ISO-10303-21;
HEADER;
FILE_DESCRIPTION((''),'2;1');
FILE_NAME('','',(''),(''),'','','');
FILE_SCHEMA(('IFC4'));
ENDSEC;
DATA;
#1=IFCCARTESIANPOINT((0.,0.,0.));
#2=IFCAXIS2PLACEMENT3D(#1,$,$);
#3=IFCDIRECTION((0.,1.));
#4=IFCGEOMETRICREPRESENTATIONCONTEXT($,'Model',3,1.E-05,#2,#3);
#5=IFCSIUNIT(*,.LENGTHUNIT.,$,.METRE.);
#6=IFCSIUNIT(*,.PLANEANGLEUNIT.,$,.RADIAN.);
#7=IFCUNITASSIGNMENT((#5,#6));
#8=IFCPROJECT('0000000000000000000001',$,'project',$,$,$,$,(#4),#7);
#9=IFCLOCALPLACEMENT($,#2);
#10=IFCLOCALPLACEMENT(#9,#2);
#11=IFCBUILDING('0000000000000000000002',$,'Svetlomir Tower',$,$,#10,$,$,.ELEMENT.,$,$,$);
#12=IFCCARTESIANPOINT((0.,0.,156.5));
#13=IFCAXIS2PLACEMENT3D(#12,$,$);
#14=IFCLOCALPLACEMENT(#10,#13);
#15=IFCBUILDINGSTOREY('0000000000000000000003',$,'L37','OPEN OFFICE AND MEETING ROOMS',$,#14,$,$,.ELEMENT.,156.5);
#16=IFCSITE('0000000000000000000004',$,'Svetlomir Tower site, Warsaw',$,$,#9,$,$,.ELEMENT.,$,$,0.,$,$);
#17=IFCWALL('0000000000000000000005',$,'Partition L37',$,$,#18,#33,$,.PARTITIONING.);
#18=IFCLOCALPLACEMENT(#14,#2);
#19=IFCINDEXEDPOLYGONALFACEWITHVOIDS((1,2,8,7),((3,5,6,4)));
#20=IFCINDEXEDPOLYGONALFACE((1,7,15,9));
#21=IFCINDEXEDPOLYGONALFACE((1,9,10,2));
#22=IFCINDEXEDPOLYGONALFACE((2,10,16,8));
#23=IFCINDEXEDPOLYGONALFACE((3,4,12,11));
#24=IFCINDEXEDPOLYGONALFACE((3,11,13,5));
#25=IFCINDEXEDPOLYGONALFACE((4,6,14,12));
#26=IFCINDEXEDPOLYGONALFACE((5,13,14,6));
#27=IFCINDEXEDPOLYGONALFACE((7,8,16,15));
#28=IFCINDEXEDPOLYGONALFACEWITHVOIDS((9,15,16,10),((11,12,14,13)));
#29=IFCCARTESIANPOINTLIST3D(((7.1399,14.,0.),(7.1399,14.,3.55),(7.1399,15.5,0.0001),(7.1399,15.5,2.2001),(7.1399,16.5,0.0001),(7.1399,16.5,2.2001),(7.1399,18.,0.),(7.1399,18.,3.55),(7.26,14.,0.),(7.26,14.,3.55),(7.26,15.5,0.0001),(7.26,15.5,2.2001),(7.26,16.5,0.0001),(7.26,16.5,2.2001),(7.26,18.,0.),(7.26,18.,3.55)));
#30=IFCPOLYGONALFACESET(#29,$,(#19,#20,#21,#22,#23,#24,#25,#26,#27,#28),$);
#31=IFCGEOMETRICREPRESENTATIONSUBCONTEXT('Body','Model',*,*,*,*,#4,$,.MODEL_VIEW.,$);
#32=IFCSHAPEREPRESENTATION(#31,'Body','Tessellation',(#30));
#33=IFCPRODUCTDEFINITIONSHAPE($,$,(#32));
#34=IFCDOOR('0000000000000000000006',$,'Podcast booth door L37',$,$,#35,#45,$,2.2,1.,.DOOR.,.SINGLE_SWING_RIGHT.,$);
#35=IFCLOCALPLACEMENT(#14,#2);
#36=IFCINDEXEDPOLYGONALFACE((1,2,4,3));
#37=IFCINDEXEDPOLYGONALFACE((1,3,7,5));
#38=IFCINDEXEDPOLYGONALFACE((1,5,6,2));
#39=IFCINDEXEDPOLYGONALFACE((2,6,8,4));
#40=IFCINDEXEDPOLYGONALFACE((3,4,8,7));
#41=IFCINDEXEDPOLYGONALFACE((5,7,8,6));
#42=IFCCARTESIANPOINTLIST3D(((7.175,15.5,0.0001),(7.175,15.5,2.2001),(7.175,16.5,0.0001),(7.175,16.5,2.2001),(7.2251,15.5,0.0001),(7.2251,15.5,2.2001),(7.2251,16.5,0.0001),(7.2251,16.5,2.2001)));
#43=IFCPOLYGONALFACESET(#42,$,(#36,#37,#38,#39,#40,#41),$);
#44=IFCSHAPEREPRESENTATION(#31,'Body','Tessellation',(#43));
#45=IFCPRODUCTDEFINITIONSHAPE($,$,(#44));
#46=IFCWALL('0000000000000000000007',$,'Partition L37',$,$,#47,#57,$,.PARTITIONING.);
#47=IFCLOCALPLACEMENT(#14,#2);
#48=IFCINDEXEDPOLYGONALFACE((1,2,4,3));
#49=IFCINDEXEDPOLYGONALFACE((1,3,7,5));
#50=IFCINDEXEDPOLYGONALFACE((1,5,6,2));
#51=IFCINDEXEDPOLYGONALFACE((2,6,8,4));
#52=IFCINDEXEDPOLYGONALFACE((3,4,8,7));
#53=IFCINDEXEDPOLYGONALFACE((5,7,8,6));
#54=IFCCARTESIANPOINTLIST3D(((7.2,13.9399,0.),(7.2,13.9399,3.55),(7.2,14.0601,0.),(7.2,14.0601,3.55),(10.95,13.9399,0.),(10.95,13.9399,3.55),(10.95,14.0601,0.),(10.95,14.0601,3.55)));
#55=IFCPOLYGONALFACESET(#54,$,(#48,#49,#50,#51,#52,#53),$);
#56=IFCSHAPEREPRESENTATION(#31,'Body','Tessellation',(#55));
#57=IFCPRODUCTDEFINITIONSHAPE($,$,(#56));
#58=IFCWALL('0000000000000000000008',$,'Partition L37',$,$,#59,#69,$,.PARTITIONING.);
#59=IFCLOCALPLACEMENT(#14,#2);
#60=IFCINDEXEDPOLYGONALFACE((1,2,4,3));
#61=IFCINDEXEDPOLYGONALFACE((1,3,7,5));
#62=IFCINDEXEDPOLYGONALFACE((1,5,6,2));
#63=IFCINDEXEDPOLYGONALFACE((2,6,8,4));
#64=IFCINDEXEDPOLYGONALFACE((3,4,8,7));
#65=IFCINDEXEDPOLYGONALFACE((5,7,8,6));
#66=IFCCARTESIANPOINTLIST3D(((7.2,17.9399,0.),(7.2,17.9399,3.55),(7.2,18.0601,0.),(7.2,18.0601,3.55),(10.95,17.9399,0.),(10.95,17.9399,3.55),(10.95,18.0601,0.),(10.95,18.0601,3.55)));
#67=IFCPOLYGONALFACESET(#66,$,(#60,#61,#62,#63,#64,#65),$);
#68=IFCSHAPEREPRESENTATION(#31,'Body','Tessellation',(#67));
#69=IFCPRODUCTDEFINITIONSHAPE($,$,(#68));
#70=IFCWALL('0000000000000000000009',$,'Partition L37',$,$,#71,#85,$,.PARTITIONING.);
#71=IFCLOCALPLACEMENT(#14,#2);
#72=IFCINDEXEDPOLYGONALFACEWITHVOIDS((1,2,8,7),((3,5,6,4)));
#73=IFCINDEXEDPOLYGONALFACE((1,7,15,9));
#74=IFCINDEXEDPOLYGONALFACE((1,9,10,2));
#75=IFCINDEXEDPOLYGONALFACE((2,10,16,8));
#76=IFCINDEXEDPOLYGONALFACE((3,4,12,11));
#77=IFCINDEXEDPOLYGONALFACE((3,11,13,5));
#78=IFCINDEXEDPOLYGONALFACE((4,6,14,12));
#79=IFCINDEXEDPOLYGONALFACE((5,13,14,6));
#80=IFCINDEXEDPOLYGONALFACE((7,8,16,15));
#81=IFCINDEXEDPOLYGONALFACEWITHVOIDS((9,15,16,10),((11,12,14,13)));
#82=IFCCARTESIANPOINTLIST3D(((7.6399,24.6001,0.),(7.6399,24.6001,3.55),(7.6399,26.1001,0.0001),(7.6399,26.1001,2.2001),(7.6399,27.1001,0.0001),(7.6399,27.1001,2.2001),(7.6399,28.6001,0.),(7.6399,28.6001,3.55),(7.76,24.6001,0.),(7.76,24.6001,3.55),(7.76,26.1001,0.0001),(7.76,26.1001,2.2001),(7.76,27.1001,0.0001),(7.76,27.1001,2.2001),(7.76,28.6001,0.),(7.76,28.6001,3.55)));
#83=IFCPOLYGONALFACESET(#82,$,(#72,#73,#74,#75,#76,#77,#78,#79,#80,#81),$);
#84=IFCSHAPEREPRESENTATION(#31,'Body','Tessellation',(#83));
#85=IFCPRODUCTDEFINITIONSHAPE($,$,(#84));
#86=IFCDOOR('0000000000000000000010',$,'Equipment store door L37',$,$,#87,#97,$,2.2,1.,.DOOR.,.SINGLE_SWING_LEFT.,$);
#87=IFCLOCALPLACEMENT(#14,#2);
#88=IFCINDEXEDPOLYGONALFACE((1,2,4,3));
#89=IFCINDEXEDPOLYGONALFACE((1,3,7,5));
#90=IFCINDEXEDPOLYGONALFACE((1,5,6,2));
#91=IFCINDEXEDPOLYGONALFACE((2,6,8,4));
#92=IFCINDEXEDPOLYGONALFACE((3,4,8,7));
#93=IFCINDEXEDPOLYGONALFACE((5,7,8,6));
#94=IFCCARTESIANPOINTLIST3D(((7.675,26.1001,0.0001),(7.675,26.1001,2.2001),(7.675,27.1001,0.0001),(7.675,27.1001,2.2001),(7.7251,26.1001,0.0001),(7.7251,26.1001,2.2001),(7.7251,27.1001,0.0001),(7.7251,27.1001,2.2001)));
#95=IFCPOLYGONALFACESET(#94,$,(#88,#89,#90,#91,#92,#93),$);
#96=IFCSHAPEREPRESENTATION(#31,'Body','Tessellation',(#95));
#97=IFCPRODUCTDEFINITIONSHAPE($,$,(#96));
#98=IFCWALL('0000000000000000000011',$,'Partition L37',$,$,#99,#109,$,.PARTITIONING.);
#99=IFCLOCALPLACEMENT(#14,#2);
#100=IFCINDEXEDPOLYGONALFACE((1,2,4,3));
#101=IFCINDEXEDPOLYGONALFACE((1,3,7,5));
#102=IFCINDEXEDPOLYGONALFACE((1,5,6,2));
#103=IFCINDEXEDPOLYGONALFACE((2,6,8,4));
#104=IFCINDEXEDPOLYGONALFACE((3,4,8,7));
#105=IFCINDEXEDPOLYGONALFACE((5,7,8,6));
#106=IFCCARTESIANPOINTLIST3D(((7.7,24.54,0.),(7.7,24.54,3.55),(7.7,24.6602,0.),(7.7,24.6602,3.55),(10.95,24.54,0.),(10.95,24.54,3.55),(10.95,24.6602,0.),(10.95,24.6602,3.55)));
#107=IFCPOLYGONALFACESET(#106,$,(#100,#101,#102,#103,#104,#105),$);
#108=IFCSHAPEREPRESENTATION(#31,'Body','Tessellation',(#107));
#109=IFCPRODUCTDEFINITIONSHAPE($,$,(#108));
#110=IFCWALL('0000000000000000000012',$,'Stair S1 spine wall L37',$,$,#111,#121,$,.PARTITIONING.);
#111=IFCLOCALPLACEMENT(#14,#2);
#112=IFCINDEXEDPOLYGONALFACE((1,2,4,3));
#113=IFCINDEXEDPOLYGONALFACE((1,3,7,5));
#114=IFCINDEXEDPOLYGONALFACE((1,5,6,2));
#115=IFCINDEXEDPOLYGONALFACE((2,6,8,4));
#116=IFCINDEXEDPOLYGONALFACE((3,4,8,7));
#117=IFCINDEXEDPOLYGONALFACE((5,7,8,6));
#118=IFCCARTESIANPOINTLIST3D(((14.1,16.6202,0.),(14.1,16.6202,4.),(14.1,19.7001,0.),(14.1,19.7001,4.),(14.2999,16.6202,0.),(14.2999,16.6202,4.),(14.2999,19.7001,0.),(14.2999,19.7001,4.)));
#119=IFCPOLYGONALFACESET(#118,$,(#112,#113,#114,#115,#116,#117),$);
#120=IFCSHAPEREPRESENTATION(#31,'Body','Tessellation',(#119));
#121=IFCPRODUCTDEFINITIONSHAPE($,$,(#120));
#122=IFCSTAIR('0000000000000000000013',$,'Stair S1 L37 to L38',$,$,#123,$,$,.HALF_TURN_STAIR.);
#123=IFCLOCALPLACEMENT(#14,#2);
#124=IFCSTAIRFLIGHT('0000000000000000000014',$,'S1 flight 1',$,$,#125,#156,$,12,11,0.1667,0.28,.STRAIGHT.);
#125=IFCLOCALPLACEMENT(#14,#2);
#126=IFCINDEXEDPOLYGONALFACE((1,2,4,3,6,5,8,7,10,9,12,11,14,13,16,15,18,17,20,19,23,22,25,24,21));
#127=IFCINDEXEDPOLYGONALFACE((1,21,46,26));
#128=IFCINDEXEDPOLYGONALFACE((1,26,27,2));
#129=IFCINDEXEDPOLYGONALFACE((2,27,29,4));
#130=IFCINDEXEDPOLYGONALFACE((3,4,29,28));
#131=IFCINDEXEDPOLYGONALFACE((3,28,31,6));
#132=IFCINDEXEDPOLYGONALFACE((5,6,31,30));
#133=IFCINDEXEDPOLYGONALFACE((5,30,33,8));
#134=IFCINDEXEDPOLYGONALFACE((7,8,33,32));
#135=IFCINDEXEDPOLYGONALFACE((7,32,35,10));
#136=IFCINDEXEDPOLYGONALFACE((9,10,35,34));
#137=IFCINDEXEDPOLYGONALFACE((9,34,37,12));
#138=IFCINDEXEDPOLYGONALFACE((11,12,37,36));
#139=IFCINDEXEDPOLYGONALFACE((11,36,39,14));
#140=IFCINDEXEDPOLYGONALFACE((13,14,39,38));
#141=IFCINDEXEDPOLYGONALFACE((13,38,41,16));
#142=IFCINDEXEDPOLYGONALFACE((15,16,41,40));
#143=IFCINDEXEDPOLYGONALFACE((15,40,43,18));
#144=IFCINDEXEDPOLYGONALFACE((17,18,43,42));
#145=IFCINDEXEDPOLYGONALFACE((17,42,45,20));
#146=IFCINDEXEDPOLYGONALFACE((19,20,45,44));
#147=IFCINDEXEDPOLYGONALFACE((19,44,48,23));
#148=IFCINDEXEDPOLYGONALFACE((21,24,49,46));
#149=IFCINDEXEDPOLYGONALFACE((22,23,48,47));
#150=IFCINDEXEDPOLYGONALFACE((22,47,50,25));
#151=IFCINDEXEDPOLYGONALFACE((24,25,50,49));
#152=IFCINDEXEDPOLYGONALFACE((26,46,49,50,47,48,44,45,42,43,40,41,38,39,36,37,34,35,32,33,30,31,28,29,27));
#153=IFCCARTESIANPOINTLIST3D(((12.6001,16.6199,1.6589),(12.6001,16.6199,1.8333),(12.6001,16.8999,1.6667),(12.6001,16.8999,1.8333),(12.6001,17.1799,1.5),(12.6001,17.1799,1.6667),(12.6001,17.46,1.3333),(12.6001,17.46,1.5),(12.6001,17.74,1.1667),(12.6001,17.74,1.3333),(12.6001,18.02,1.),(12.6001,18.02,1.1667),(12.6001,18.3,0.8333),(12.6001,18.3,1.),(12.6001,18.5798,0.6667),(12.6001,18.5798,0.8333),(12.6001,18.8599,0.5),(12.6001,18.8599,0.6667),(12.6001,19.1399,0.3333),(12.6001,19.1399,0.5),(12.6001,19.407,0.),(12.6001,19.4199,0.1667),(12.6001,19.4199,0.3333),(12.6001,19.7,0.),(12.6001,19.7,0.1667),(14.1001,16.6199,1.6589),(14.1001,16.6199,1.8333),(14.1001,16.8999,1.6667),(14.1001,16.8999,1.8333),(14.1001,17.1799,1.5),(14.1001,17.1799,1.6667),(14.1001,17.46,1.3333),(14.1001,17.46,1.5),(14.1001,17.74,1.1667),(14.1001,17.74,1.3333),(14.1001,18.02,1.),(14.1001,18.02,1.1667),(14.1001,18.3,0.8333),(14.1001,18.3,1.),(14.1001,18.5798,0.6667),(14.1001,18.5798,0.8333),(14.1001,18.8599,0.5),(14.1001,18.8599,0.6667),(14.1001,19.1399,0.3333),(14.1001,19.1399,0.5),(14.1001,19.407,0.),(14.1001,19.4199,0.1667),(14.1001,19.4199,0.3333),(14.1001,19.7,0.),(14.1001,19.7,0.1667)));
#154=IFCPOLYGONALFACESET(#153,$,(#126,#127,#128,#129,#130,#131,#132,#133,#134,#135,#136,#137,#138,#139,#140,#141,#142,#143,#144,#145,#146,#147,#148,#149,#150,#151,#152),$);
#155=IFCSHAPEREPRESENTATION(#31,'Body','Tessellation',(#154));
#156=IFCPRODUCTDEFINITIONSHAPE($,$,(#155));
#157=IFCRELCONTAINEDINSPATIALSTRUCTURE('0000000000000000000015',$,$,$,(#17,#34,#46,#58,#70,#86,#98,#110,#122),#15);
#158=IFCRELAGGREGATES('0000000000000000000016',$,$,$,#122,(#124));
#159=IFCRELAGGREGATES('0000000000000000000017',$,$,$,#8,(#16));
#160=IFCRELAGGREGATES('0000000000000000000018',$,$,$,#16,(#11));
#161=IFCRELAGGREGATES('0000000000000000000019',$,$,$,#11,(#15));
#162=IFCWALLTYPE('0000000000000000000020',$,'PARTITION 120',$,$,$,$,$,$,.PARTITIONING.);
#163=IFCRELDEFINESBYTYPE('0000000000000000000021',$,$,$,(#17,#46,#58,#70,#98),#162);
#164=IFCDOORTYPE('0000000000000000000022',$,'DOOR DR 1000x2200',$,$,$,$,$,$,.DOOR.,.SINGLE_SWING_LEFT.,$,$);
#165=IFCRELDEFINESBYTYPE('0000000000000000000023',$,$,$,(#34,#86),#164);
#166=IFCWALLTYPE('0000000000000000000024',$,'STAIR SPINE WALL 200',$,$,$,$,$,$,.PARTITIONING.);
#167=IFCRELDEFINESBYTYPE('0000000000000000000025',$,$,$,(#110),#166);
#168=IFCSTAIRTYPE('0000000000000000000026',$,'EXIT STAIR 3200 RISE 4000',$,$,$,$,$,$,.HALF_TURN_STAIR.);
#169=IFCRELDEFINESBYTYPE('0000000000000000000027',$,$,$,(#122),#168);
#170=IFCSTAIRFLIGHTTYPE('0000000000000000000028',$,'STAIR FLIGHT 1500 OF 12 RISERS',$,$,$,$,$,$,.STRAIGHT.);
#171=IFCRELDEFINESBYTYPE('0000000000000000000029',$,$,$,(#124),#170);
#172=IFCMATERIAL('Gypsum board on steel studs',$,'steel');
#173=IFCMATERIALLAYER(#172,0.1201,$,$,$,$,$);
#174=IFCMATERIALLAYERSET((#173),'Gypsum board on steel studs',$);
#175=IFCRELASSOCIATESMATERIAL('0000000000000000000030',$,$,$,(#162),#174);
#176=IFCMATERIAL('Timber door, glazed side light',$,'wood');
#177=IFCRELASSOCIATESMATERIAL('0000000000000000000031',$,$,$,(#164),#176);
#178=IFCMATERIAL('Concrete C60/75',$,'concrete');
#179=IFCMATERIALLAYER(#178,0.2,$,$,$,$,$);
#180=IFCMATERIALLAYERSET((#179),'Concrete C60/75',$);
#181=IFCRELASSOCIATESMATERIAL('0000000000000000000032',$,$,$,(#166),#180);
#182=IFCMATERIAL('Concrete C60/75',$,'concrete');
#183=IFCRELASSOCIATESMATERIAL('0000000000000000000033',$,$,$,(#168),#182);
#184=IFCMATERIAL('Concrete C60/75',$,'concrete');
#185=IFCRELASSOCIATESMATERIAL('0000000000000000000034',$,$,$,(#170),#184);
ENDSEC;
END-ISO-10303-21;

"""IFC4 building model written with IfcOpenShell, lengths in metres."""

from ifc_helpers import new_model, si_unit, direction, frame, frame_2d, origin, place, context, subcontext, project, spatial, polyline, rectangle, outline, extrude, material, layer, layer_set, type_object, element, fill, aggregate, save


model = new_model("IFC4")

# Units and contexts
model_context = context("Model", 3, precision=1e-05, world=origin(), true_north=direction((0.0, 1.0)))
body_context = subcontext(model_context, "Body", "Model", "MODEL_VIEW")
ifc_project = project(units=[si_unit("LENGTHUNIT", "METRE"), si_unit("PLANEANGLEUNIT", "RADIAN")], contexts=[model_context])

# Site, building, storey
site_placement = place(None, origin())
site = spatial("IfcSite", under=ifc_project, at=site_placement, Name="Svetlomir Tower site, Warsaw", CompositionType="ELEMENT", RefElevation=0.0)
building_placement = place(site_placement, origin())
building = spatial("IfcBuilding", under=site, at=building_placement, Name="Svetlomir Tower", CompositionType="ELEMENT")
storey_placement = place(building_placement, frame((0.0, 0.0, 156.5)))
storey = spatial("IfcBuildingStorey", under=building, at=storey_placement, Name="L37", Description="OPEN OFFICE AND MEETING ROOMS", CompositionType="ELEMENT", Elevation=156.5)

# Wall, opening, door
ifc_material_1 = material(Name="Gypsum board on steel studs", Category="steel")
ifc_layer_1 = layer(ifc_material_1, 0.1201)
ifc_layer_set_1 = layer_set([ifc_layer_1], Name="Gypsum board on steel studs")
wall_type_1 = type_object("IfcWallType", Name="PARTITION 120", PredefinedType="PARTITIONING", material=ifc_layer_set_1)
wall_1_placement = place(storey_placement, frame((7.2, 14.0, 0.0), z_axis=(0.0, 0.0, 1.0), x_axis=(0.0, 1.0, 0.0)))
wall_1 = element("IfcWall", 1, at=wall_1_placement, inside=storey, type_object=wall_type_1, Name="Partition L37", PredefinedType="PARTITIONING", context=body_context, shape_type="SweptSolid", body=[
    extrude(rectangle(XDim=4.0, YDim=0.1201, at=frame_2d((2.0, 0.0))), origin(), (0.0, 0.0, 1.0), 3.55),
])
opening_1_placement = place(wall_1_placement, frame((1.5, 0.0, 0.0)))
opening_1 = element("IfcOpeningElement", 2, at=opening_1_placement, cuts=wall_1, PredefinedType="OPENING", context=body_context, shape_type="SweptSolid", body=[
    extrude(rectangle(XDim=1.0, YDim=2.2, at=frame_2d((0.5, 1.1001))), frame((0.0, 0.0701, 0.0), z_axis=(0.0, -1.0, 0.0), x_axis=(1.0, 0.0, 0.0)), (0.0, 0.0, 1.0), 0.1401),
])
ifc_material_2 = material(Name="Timber door, glazed side light", Category="wood")
door_type_1 = type_object("IfcDoorType", Name="DOOR DR 1000x2200", OperationType="SINGLE_SWING_LEFT", PredefinedType="DOOR", material=ifc_material_2)
door_1_placement = place(opening_1_placement, origin())
door_1 = element("IfcDoor", 3, at=door_1_placement, inside=storey, type_object=door_type_1, Name="Podcast booth door L37", OperationType="SINGLE_SWING_RIGHT", OverallHeight=2.2, OverallWidth=1.0, PredefinedType="DOOR", context=body_context, shape_type="SweptSolid", body=[
    extrude(rectangle(XDim=1.0, YDim=2.2, at=frame_2d((0.5, 1.1001))), frame((0.0, 0.0249, 0.0), z_axis=(0.0, -1.0, 0.0), x_axis=(1.0, 0.0, 0.0)), (0.0, 0.0, 1.0), 0.05),
])
fill(opening_1, door_1)

# Walls
for number, where, z_axis, x_axis, name in (
    (4, (7.2, 14.0, 0.0), (0.0, 0.0, 1.0), (1.0, 0.0, 0.0), "Partition L37"),
    (5, (7.2, 18.0, 0.0), (0.0, 0.0, 1.0), (1.0, 0.0, 0.0), "Partition L37"),
):
    element("IfcWall", number, at=place(storey_placement, frame(where, z_axis=z_axis, x_axis=x_axis)), inside=storey, type_object=wall_type_1, Name=name, PredefinedType="PARTITIONING", context=body_context, shape_type="SweptSolid", body=[
        extrude(rectangle(XDim=3.75, YDim=0.1201, at=frame_2d((1.875, 0.0))), origin(), (0.0, 0.0, 1.0), 3.55),
    ])

# Wall, opening, door
wall_2_placement = place(storey_placement, frame((7.7, 24.6001, 0.0), z_axis=(0.0, 0.0, 1.0), x_axis=(0.0, 1.0, 0.0)))
wall_2 = element("IfcWall", 6, at=wall_2_placement, inside=storey, type_object=wall_type_1, Name="Partition L37", PredefinedType="PARTITIONING", context=body_context, shape_type="SweptSolid", body=[
    extrude(rectangle(XDim=4.0, YDim=0.1201, at=frame_2d((2.0, 0.0))), origin(), (0.0, 0.0, 1.0), 3.55),
])
opening_2_placement = place(wall_2_placement, frame((1.5, 0.0, 0.0)))
opening_2 = element("IfcOpeningElement", 7, at=opening_2_placement, cuts=wall_2, PredefinedType="OPENING", context=body_context, shape_type="SweptSolid", body=[
    extrude(rectangle(XDim=1.0, YDim=2.2, at=frame_2d((0.5, 1.1001))), frame((0.0, 0.0701, 0.0), z_axis=(0.0, -1.0, 0.0), x_axis=(1.0, 0.0, 0.0)), (0.0, 0.0, 1.0), 0.1401),
])
door_2_placement = place(opening_2_placement, origin())
door_2 = element("IfcDoor", 8, at=door_2_placement, inside=storey, type_object=door_type_1, Name="Equipment store door L37", OperationType="SINGLE_SWING_LEFT", OverallHeight=2.2, OverallWidth=1.0, PredefinedType="DOOR", context=body_context, shape_type="SweptSolid", body=[
    extrude(rectangle(XDim=1.0, YDim=2.2, at=frame_2d((0.5, 1.1001))), frame((0.0, 0.0249, 0.0), z_axis=(0.0, -1.0, 0.0), x_axis=(1.0, 0.0, 0.0)), (0.0, 0.0, 1.0), 0.05),
])
fill(opening_2, door_2)

# Walls
wall_3_placement = place(storey_placement, frame((7.7, 24.6001, 0.0), z_axis=(0.0, 0.0, 1.0), x_axis=(1.0, 0.0, 0.0)))
element("IfcWall", 9, at=wall_3_placement, inside=storey, type_object=wall_type_1, Name="Partition L37", PredefinedType="PARTITIONING", context=body_context, shape_type="SweptSolid", body=[
    extrude(rectangle(XDim=3.25, YDim=0.1201, at=frame_2d((1.625, 0.0))), origin(), (0.0, 0.0, 1.0), 3.55),
])
ifc_material_3 = material(Name="Concrete C60/75", Category="concrete")
ifc_layer_2 = layer(ifc_material_3, 0.2)
ifc_layer_set_2 = layer_set([ifc_layer_2], Name="Concrete C60/75")
wall_type_2 = type_object("IfcWallType", Name="STAIR SPINE WALL 200", PredefinedType="PARTITIONING", material=ifc_layer_set_2)
wall_4_placement = place(storey_placement, frame((14.2, 16.6201, 0.0), z_axis=(0.0, 0.0, 1.0), x_axis=(0.0, 1.0, 0.0)))
element("IfcWall", 10, at=wall_4_placement, inside=storey, type_object=wall_type_2, Name="Stair S1 spine wall L37", PredefinedType="PARTITIONING", context=body_context, shape_type="SweptSolid", body=[
    extrude(rectangle(XDim=3.0798, YDim=0.2, at=frame_2d((1.54, 0.0))), origin(), (0.0, 0.0, 1.0), 4.0),
])

# Stair, stair flight
ifc_material_4 = material(Name="Concrete C60/75", Category="concrete")
stair_type = type_object("IfcStairType", Name="EXIT STAIR 3200 RISE 4000", PredefinedType="HALF_TURN_STAIR", material=ifc_material_4)
stair_placement = place(storey_placement, origin())
stair = element("IfcStair", 11, at=stair_placement, inside=storey, type_object=stair_type, Name="Stair S1 L37 to L38", PredefinedType="HALF_TURN_STAIR")
ifc_material_5 = material(Name="Concrete C60/75", Category="concrete")
stair_flight_type = type_object("IfcStairFlightType", Name="STAIR FLIGHT 1500 OF 12 RISERS", PredefinedType="STRAIGHT", material=ifc_material_5)
stair_flight_1_placement = place(storey_placement, frame((13.3501, 19.7, 0.0), z_axis=(0.0, 0.0, 1.0), x_axis=(0.0, -1.0, 0.0)))
stair_flight_1 = element("IfcStairFlight", 12, at=stair_flight_1_placement, type_object=stair_flight_type, Name="S1 flight 1", NumberOfRisers=12, NumberOfTreads=11, PredefinedType="STRAIGHT", RiserHeight=0.1667, TreadLength=0.28, context=body_context, shape_type="SweptSolid", body=[
    extrude(outline(polyline([(0.0, 0.0), (0.0, 0.1667), (0.28, 0.1667), (0.28, 0.3333), (0.5601, 0.3333), (0.5601, 0.5), (0.8401, 0.5), (0.8401, 0.6667), (1.1201, 0.6667), (1.1201, 0.8333), (1.3999, 0.8333), (1.3999, 1.0), (1.6799, 1.0), (1.6799, 1.1667), (1.96, 1.1667), (1.96, 1.3333), (2.24, 1.3333), (2.24, 1.5), (2.52, 1.5), (2.52, 1.6667), (2.8, 1.6667), (2.8, 1.8333), (3.0801, 1.8333), (3.0801, 2.0), (3.0801, 1.6589), (0.293, 0.0), (0.0, 0.0)])), frame((0.0, 0.75, 0.0), z_axis=(0.0, -1.0, 0.0), x_axis=(1.0, 0.0, 0.0)), (0.0, 0.0, 1.0), 1.5),
])
aggregate(stair, [stair_flight_1])

save(model, "model.ifc")
